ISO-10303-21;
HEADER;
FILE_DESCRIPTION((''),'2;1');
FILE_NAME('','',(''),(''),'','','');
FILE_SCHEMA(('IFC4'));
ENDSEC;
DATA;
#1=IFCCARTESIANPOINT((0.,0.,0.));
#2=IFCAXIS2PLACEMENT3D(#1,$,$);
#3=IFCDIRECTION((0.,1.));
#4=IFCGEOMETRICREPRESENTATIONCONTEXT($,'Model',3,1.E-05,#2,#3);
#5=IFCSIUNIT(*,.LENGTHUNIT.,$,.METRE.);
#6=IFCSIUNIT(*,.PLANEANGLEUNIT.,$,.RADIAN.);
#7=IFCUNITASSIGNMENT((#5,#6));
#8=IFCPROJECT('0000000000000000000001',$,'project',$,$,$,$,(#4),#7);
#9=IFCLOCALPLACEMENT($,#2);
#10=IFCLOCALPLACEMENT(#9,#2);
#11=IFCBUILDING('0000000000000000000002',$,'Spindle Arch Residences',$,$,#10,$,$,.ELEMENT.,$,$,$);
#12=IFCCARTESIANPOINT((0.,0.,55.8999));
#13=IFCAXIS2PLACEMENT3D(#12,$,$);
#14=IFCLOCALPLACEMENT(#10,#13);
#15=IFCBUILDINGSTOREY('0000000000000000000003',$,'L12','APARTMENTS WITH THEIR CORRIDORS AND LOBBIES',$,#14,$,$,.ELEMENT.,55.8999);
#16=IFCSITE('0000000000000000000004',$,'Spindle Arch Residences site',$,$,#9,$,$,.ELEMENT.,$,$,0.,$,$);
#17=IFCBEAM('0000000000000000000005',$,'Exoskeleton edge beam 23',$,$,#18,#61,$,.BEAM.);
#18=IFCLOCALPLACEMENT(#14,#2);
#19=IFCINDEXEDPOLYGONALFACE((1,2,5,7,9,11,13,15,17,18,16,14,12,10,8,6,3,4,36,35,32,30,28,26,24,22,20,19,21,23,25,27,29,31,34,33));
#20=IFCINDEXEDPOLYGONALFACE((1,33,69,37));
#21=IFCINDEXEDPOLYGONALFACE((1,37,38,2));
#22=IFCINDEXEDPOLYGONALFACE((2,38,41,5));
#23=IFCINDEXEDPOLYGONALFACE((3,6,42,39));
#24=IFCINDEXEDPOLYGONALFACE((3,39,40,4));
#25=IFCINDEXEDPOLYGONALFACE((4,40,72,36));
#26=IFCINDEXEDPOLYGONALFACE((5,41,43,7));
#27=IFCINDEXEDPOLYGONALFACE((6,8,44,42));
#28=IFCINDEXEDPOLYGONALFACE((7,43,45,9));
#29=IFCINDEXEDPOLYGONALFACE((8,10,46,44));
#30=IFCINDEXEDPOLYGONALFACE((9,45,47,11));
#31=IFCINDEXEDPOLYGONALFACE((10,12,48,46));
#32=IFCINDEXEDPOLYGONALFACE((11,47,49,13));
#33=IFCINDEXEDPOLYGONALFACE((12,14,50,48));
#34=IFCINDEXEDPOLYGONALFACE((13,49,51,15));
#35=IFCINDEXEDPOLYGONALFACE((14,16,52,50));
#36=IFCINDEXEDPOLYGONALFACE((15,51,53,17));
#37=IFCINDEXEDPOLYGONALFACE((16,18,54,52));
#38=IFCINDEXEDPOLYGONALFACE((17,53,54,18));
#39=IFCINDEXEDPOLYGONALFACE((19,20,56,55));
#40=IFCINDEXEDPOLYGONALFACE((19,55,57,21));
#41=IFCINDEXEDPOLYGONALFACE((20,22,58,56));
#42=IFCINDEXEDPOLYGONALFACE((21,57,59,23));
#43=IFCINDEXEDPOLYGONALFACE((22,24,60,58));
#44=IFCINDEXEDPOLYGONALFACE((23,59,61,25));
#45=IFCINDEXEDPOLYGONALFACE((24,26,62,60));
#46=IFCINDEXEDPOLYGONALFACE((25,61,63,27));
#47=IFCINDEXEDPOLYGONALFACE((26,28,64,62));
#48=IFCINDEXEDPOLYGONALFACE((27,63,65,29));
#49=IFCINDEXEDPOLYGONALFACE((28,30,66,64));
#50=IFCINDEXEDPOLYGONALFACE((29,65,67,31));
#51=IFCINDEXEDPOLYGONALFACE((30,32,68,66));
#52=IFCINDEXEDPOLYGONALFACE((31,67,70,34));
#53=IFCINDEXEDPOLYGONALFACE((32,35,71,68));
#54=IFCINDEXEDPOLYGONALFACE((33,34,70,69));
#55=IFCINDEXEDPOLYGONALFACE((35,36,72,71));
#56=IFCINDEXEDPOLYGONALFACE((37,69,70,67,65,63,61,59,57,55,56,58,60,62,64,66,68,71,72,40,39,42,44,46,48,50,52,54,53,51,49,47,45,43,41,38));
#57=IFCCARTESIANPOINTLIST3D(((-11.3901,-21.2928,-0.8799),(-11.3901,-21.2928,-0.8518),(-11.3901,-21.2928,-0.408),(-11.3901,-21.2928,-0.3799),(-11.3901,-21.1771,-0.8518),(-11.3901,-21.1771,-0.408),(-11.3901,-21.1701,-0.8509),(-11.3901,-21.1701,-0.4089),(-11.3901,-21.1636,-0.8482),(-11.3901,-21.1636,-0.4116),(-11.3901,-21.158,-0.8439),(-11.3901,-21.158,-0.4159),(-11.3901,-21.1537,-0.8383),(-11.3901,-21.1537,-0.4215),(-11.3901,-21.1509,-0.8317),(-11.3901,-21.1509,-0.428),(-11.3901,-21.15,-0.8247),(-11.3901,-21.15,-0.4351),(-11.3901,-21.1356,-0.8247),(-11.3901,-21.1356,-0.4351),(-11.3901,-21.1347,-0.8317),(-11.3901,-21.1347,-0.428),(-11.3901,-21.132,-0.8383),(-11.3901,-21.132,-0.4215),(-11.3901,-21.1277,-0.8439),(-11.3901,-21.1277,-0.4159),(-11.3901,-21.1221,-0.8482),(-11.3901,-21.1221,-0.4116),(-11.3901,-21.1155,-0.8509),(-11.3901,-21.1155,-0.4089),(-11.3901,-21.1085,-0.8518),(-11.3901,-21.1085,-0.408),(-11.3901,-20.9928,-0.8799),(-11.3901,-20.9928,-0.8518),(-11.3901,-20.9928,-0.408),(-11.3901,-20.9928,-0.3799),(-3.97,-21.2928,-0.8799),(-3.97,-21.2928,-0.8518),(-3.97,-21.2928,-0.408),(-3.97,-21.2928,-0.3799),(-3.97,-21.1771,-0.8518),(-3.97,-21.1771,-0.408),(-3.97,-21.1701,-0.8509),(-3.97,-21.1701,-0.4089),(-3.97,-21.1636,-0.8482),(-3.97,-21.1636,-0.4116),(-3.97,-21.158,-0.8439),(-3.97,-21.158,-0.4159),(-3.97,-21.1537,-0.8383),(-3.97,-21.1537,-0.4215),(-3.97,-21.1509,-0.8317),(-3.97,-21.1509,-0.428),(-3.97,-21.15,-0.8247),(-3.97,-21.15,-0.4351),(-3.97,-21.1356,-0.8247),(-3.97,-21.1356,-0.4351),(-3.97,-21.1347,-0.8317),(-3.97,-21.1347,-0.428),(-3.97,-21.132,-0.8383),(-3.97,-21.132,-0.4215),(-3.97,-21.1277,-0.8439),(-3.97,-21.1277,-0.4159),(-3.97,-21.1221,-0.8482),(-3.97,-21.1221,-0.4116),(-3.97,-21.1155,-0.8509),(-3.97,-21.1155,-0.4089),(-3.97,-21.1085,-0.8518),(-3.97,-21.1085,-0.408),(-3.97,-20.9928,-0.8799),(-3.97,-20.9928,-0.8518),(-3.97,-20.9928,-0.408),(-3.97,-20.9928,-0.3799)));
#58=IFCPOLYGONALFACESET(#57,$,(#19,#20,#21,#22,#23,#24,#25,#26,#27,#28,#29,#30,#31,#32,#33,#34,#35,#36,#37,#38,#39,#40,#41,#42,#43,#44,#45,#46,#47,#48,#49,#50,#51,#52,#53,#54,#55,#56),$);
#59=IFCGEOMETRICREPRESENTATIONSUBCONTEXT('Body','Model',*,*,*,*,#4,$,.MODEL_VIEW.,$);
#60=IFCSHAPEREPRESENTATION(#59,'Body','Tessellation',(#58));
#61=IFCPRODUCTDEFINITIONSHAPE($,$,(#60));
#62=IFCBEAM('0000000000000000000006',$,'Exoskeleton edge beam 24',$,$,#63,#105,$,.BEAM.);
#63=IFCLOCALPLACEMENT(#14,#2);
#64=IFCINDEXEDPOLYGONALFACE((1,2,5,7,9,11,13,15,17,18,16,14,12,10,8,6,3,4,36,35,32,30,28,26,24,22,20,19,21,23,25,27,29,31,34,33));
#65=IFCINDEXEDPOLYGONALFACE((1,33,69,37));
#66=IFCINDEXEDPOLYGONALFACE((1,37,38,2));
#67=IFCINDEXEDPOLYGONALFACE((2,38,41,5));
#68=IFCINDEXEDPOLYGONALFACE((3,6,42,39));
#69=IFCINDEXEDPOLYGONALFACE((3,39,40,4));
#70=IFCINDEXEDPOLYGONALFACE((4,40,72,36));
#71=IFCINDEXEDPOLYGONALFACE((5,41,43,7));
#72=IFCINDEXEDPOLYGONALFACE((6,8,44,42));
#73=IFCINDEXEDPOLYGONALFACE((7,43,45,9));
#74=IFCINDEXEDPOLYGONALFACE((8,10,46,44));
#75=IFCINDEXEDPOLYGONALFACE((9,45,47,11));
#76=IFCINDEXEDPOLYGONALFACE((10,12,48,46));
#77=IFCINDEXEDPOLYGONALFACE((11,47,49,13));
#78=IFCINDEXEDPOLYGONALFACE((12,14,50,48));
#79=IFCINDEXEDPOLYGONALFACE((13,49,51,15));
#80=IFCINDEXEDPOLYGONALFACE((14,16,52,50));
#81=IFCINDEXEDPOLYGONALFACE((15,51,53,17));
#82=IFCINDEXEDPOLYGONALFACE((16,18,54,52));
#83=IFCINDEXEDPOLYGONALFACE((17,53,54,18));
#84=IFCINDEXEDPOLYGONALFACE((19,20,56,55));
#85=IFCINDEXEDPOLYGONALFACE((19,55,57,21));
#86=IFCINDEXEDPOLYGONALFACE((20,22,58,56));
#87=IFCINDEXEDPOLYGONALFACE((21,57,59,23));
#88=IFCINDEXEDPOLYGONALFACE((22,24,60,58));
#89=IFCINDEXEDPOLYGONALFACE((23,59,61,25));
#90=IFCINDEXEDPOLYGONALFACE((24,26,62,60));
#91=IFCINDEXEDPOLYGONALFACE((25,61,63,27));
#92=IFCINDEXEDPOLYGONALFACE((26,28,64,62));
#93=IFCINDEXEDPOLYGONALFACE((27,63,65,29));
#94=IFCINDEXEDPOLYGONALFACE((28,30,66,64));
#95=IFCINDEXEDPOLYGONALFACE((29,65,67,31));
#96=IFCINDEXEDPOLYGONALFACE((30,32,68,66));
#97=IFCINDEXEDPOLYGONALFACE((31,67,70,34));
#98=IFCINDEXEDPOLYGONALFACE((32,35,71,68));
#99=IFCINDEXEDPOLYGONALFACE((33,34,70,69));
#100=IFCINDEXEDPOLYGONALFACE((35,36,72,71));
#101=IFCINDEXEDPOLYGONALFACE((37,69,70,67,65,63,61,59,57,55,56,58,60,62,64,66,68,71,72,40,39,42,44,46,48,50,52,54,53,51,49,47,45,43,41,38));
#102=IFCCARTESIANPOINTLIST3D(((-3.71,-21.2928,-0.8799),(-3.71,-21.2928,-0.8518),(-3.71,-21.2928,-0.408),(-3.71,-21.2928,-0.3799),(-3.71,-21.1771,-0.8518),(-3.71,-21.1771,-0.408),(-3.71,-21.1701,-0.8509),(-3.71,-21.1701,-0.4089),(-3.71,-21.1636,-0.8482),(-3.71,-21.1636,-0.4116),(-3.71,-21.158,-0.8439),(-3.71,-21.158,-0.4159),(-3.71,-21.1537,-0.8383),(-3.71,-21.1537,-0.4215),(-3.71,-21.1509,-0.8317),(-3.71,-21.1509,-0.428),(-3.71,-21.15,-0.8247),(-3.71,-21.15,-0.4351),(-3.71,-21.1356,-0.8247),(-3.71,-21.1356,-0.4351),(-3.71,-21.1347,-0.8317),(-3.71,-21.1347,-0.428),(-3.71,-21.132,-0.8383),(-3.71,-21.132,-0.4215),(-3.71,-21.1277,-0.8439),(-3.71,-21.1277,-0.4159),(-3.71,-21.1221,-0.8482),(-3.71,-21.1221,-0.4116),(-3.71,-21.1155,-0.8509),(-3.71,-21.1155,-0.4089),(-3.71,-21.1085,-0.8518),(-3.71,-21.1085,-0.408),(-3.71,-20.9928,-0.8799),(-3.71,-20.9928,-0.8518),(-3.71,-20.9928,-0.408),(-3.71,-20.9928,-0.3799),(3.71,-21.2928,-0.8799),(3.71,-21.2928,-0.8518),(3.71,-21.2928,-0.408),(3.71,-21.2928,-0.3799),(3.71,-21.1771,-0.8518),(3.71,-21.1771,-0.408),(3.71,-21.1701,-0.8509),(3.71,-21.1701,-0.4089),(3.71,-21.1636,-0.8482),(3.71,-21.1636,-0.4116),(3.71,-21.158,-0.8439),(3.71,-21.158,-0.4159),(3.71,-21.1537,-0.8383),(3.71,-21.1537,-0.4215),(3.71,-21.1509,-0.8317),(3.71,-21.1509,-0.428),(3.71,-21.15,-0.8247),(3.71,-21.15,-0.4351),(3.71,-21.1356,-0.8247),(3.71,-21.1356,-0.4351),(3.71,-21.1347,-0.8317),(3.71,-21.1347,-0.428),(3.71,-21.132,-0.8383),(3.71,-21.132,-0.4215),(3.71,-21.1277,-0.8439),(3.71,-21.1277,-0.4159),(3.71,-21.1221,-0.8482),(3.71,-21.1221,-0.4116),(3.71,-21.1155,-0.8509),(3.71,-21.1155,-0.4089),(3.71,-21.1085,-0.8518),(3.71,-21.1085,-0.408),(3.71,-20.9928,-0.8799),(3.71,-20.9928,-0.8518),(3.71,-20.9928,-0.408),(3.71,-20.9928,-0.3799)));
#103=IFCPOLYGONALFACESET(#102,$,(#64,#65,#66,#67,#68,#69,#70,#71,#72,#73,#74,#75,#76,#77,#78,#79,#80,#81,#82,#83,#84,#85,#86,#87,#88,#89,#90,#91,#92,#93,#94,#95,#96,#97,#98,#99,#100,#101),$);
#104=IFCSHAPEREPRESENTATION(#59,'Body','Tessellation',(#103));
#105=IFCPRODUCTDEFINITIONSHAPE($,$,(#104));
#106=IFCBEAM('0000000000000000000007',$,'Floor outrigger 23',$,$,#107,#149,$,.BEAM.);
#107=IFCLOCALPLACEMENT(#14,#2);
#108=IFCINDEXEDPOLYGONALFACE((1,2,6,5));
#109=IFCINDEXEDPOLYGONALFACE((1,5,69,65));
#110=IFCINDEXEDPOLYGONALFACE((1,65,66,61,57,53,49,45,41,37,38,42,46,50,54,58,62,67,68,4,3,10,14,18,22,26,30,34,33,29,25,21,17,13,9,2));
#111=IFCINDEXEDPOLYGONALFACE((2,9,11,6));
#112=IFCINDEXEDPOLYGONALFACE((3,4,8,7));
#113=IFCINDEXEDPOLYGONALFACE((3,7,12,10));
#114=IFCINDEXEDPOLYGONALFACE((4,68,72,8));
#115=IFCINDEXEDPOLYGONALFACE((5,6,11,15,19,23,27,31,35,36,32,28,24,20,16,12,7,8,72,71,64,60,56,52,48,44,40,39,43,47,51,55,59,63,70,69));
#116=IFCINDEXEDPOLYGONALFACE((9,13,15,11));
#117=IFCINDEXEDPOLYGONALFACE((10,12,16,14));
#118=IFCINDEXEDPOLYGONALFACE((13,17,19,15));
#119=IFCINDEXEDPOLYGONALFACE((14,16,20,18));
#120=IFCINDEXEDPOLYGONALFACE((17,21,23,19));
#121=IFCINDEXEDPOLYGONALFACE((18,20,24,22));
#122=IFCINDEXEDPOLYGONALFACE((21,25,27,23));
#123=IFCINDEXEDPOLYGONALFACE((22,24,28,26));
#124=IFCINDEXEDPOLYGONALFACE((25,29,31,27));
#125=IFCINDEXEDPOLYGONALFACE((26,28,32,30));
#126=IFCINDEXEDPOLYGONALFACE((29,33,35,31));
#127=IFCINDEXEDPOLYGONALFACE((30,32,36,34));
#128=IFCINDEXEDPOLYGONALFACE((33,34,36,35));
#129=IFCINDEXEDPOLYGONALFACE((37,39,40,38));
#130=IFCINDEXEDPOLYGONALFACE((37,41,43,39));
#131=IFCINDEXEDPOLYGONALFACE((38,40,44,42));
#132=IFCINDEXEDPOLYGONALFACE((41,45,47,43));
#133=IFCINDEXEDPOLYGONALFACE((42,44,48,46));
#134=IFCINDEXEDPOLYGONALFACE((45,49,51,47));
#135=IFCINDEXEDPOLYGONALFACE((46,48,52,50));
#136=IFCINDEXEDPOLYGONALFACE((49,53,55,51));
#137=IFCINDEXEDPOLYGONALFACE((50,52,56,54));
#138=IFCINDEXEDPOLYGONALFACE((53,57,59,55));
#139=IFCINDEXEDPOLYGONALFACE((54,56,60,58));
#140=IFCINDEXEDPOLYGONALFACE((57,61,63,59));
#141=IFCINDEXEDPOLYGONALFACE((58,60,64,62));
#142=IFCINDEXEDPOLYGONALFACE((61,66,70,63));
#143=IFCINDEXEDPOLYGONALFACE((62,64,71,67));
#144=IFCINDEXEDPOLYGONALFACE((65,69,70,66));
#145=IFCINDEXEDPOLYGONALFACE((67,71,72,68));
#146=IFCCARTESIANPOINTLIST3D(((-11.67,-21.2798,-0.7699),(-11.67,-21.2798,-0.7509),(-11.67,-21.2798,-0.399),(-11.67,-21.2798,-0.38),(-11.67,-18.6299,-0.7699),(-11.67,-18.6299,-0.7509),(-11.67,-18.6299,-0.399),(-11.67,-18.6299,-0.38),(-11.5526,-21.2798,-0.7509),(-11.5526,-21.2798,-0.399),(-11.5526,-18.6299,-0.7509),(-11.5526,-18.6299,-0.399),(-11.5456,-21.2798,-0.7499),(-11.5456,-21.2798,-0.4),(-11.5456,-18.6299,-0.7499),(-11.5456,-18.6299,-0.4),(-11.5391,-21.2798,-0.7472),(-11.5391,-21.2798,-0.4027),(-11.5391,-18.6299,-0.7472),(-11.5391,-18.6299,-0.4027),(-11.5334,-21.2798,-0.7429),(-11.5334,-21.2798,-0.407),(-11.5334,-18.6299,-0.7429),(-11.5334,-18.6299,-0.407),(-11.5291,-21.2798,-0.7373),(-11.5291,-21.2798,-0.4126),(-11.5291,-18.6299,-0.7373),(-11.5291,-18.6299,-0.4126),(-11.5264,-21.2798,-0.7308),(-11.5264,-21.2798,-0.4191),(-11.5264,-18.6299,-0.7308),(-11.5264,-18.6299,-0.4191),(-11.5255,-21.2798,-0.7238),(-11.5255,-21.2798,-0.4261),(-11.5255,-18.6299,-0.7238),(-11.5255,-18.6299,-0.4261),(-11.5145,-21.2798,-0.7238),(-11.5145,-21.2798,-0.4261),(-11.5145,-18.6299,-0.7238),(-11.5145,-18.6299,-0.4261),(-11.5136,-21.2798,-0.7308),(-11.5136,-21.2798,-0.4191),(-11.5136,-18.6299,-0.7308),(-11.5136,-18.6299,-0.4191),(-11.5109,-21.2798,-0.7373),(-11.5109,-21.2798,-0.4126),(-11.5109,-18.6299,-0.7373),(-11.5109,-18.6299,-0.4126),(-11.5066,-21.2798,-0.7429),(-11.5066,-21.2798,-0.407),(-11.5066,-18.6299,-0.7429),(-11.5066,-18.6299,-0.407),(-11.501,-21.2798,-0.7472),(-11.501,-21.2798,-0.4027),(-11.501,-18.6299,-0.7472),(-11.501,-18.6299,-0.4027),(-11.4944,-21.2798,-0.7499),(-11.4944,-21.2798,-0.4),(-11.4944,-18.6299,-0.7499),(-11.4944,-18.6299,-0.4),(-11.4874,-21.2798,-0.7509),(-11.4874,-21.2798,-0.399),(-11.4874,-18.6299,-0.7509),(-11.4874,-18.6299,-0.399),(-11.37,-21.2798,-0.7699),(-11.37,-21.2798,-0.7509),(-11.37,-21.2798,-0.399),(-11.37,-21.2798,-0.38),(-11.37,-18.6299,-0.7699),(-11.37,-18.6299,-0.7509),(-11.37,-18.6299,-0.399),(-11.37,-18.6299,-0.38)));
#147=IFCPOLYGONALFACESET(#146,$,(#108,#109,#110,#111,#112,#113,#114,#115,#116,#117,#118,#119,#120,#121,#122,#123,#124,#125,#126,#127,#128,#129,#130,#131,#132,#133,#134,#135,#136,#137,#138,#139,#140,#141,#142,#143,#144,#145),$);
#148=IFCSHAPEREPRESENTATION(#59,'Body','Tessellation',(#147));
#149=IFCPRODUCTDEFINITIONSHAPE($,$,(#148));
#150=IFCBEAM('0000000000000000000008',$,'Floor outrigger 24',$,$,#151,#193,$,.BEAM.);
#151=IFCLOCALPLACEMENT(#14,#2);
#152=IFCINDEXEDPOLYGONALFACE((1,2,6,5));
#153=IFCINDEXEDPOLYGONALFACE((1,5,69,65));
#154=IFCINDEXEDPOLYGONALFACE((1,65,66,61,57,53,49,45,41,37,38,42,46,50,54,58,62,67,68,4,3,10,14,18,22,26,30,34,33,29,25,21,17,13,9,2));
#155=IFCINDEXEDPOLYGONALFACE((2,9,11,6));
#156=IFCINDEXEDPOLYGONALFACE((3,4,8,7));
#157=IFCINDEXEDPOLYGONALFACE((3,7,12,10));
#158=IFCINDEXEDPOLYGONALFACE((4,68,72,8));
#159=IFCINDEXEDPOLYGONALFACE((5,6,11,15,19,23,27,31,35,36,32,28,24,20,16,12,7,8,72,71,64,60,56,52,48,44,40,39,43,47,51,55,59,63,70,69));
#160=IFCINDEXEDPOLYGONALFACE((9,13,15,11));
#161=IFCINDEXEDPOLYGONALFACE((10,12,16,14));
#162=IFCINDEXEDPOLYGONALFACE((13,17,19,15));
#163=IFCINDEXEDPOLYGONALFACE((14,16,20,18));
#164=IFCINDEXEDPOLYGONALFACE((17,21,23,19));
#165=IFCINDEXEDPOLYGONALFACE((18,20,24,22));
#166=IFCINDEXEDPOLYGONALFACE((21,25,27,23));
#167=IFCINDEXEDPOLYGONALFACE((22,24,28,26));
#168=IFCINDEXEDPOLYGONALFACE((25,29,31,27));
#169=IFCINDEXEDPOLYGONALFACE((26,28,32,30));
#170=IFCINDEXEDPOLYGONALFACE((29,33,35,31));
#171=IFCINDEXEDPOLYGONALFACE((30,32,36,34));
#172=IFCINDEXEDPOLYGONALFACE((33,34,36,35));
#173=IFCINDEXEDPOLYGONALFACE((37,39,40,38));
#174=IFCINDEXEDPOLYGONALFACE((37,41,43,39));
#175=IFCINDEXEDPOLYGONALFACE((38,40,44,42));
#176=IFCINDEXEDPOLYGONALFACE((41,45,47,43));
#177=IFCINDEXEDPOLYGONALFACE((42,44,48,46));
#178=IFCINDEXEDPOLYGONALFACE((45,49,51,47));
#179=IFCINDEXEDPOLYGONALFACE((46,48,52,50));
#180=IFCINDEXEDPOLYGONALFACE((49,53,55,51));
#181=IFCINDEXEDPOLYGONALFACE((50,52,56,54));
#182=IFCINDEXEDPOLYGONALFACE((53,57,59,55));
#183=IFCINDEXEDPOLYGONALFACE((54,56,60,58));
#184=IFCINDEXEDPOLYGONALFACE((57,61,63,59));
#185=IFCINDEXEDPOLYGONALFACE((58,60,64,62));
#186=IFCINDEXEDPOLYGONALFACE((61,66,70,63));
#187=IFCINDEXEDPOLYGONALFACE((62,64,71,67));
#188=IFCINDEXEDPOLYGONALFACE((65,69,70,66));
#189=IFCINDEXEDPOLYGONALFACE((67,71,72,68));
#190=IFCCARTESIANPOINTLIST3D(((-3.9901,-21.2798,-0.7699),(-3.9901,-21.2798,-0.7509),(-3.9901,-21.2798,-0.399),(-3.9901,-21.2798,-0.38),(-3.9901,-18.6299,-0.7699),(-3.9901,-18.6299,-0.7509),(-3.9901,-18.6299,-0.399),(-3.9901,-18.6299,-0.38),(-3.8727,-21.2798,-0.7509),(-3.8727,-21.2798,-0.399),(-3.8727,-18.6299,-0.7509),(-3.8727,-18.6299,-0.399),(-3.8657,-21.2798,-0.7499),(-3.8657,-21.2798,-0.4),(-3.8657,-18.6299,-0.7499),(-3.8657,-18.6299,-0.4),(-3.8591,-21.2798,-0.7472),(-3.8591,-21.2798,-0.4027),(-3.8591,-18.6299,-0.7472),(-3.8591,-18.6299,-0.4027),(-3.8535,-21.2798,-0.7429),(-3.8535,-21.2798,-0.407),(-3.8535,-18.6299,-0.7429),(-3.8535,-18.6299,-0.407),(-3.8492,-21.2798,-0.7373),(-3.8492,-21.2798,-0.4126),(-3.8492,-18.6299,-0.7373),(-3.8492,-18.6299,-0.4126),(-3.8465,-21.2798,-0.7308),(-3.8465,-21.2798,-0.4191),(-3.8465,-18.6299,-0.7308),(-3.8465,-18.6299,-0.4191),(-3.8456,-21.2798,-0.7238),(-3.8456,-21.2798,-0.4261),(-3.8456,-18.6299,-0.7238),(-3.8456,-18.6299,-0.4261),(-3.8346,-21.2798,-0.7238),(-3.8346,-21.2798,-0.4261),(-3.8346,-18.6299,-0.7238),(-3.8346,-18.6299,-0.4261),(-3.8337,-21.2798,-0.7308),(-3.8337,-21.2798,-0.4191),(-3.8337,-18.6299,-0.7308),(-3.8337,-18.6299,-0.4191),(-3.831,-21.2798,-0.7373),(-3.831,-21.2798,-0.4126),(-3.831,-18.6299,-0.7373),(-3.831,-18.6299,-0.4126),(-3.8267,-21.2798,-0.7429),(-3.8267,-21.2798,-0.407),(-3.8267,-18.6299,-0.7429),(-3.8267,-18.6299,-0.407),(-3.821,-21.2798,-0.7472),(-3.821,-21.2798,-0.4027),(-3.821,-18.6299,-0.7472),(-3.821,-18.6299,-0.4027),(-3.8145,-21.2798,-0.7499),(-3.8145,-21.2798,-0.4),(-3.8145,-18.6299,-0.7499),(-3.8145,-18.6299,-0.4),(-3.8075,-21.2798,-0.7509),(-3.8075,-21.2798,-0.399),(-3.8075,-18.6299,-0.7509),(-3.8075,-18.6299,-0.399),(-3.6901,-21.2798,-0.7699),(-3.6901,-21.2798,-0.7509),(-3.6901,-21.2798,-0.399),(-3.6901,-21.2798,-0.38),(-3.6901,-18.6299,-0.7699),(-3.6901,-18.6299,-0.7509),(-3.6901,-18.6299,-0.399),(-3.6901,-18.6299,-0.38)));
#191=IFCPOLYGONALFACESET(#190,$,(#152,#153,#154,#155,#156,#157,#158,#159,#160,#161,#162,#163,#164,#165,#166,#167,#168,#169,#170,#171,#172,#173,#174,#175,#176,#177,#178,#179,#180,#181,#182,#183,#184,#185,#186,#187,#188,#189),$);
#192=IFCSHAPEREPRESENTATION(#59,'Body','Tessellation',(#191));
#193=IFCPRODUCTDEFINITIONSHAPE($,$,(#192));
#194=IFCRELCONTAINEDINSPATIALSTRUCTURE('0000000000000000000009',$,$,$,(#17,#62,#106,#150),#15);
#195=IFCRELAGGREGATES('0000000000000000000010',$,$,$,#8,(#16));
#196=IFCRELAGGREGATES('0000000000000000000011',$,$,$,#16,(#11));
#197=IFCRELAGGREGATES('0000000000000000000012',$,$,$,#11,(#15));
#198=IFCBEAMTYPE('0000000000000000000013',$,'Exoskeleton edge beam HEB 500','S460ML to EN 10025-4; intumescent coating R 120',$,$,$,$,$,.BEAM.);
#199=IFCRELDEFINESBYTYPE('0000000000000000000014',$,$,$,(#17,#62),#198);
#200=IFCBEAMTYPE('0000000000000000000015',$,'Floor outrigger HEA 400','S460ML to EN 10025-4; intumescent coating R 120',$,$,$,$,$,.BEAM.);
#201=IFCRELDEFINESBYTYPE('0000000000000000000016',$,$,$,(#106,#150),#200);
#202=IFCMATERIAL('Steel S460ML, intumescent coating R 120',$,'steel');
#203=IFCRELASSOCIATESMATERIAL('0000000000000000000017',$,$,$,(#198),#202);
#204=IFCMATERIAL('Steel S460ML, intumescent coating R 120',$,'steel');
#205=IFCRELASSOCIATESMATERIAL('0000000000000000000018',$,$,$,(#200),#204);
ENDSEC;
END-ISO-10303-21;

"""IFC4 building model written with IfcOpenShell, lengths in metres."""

from ifc_helpers import new_model, si_unit, direction, frame, origin, origin_2d, place, context, subcontext, project, spatial, i_section, extrude, material, material_profile, profile_set, type_object, element, save


model = new_model("IFC4")

# Units and contexts
model_context = context("Model", 3, precision=1e-05, world=origin(), true_north=direction((0.0, 1.0)))
body_context = subcontext(model_context, "Body", "Model", "MODEL_VIEW")
ifc_project = project(units=[si_unit("LENGTHUNIT", "METRE"), si_unit("PLANEANGLEUNIT", "RADIAN")], contexts=[model_context])

# Site, building, storey
site_placement = place(None, origin())
site = spatial("IfcSite", under=ifc_project, at=site_placement, Name="Spindle Arch Residences site", CompositionType="ELEMENT", RefElevation=0.0)
building_placement = place(site_placement, origin())
building = spatial("IfcBuilding", under=site, at=building_placement, Name="Spindle Arch Residences", CompositionType="ELEMENT")
storey_placement = place(building_placement, frame((0.0, 0.0, 55.8999)))
storey = spatial("IfcBuildingStorey", under=building, at=storey_placement, Name="L12", Description="APARTMENTS WITH THEIR CORRIDORS AND LOBBIES", CompositionType="ELEMENT", Elevation=55.8999)

# Beams
ifc_material_1 = material(Name="Steel S460ML, intumescent coating R 120", Category="steel")
ifc_material_profile_1 = material_profile(ifc_material_1, i_section(OverallWidth=0.3, OverallDepth=0.5, WebThickness=0.0144, FlangeThickness=0.0281, FilletRadius=0.0271, at=origin_2d()), Name="HEB 500")
ifc_profile_set_1 = profile_set([ifc_material_profile_1], Name="Steel S460ML, intumescent coating R 120")
beam_type_1 = type_object("IfcBeamType", Name="Exoskeleton edge beam HEB 500", Description="S460ML to EN 10025-4; intumescent coating R 120", PredefinedType="BEAM", material=ifc_profile_set_1)
for number, where, z_axis, x_axis, name in (
    (1, (-11.3901, -21.1428, -0.6299), (1.0, 0.0, 0.0), (0.0, 1.0, 0.0), "Exoskeleton edge beam 23"),
):
    element("IfcBeam", number, at=place(storey_placement, frame(where, z_axis=z_axis, x_axis=x_axis)), inside=storey, type_object=beam_type_1, Name=name, PredefinedType="BEAM", context=body_context, shape_type="SweptSolid", body=[
        extrude(i_section(OverallWidth=0.3, OverallDepth=0.5, WebThickness=0.0144, FlangeThickness=0.0281, FilletRadius=0.0271, at=origin_2d()), origin(), (0.0, 0.0, 1.0), 7.4202),
    ])
beam_placement = place(storey_placement, frame((-3.71, -21.1428, -0.6299), z_axis=(1.0, 0.0, 0.0), x_axis=(0.0, 1.0, 0.0)))
element("IfcBeam", 2, at=beam_placement, inside=storey, type_object=beam_type_1, Name="Exoskeleton edge beam 24", PredefinedType="BEAM", context=body_context, shape_type="SweptSolid", body=[
    extrude(i_section(OverallWidth=0.3, OverallDepth=0.5, WebThickness=0.0144, FlangeThickness=0.0281, FilletRadius=0.0271, at=origin_2d()), origin(), (0.0, 0.0, 1.0), 7.4199),
])
ifc_material_2 = material(Name="Steel S460ML, intumescent coating R 120", Category="steel")
ifc_material_profile_2 = material_profile(ifc_material_2, i_section(OverallWidth=0.3, OverallDepth=0.3899, WebThickness=0.011, FlangeThickness=0.019, FilletRadius=0.0271, at=origin_2d()), Name="HEA 400")
ifc_profile_set_2 = profile_set([ifc_material_profile_2], Name="Steel S460ML, intumescent coating R 120")
beam_type_2 = type_object("IfcBeamType", Name="Floor outrigger HEA 400", Description="S460ML to EN 10025-4; intumescent coating R 120", PredefinedType="BEAM", material=ifc_profile_set_2)
for number, where, z_axis, x_axis, name in (
    (3, (-11.52, -21.2798, -0.575), (0.0, 1.0, 0.0), (-1.0, 0.0, 0.0), "Floor outrigger 23"),
    (4, (-3.8401, -21.2798, -0.575), (0.0, 1.0, 0.0), (-1.0, 0.0, 0.0), "Floor outrigger 24"),
):
    element("IfcBeam", number, at=place(storey_placement, frame(where, z_axis=z_axis, x_axis=x_axis)), inside=storey, type_object=beam_type_2, Name=name, PredefinedType="BEAM", context=body_context, shape_type="SweptSolid", body=[
        extrude(i_section(OverallWidth=0.3, OverallDepth=0.3899, WebThickness=0.011, FlangeThickness=0.019, FilletRadius=0.0271, at=origin_2d()), origin(), (0.0, 0.0, 1.0), 2.6499),
    ])

save(model, "model.ifc")
